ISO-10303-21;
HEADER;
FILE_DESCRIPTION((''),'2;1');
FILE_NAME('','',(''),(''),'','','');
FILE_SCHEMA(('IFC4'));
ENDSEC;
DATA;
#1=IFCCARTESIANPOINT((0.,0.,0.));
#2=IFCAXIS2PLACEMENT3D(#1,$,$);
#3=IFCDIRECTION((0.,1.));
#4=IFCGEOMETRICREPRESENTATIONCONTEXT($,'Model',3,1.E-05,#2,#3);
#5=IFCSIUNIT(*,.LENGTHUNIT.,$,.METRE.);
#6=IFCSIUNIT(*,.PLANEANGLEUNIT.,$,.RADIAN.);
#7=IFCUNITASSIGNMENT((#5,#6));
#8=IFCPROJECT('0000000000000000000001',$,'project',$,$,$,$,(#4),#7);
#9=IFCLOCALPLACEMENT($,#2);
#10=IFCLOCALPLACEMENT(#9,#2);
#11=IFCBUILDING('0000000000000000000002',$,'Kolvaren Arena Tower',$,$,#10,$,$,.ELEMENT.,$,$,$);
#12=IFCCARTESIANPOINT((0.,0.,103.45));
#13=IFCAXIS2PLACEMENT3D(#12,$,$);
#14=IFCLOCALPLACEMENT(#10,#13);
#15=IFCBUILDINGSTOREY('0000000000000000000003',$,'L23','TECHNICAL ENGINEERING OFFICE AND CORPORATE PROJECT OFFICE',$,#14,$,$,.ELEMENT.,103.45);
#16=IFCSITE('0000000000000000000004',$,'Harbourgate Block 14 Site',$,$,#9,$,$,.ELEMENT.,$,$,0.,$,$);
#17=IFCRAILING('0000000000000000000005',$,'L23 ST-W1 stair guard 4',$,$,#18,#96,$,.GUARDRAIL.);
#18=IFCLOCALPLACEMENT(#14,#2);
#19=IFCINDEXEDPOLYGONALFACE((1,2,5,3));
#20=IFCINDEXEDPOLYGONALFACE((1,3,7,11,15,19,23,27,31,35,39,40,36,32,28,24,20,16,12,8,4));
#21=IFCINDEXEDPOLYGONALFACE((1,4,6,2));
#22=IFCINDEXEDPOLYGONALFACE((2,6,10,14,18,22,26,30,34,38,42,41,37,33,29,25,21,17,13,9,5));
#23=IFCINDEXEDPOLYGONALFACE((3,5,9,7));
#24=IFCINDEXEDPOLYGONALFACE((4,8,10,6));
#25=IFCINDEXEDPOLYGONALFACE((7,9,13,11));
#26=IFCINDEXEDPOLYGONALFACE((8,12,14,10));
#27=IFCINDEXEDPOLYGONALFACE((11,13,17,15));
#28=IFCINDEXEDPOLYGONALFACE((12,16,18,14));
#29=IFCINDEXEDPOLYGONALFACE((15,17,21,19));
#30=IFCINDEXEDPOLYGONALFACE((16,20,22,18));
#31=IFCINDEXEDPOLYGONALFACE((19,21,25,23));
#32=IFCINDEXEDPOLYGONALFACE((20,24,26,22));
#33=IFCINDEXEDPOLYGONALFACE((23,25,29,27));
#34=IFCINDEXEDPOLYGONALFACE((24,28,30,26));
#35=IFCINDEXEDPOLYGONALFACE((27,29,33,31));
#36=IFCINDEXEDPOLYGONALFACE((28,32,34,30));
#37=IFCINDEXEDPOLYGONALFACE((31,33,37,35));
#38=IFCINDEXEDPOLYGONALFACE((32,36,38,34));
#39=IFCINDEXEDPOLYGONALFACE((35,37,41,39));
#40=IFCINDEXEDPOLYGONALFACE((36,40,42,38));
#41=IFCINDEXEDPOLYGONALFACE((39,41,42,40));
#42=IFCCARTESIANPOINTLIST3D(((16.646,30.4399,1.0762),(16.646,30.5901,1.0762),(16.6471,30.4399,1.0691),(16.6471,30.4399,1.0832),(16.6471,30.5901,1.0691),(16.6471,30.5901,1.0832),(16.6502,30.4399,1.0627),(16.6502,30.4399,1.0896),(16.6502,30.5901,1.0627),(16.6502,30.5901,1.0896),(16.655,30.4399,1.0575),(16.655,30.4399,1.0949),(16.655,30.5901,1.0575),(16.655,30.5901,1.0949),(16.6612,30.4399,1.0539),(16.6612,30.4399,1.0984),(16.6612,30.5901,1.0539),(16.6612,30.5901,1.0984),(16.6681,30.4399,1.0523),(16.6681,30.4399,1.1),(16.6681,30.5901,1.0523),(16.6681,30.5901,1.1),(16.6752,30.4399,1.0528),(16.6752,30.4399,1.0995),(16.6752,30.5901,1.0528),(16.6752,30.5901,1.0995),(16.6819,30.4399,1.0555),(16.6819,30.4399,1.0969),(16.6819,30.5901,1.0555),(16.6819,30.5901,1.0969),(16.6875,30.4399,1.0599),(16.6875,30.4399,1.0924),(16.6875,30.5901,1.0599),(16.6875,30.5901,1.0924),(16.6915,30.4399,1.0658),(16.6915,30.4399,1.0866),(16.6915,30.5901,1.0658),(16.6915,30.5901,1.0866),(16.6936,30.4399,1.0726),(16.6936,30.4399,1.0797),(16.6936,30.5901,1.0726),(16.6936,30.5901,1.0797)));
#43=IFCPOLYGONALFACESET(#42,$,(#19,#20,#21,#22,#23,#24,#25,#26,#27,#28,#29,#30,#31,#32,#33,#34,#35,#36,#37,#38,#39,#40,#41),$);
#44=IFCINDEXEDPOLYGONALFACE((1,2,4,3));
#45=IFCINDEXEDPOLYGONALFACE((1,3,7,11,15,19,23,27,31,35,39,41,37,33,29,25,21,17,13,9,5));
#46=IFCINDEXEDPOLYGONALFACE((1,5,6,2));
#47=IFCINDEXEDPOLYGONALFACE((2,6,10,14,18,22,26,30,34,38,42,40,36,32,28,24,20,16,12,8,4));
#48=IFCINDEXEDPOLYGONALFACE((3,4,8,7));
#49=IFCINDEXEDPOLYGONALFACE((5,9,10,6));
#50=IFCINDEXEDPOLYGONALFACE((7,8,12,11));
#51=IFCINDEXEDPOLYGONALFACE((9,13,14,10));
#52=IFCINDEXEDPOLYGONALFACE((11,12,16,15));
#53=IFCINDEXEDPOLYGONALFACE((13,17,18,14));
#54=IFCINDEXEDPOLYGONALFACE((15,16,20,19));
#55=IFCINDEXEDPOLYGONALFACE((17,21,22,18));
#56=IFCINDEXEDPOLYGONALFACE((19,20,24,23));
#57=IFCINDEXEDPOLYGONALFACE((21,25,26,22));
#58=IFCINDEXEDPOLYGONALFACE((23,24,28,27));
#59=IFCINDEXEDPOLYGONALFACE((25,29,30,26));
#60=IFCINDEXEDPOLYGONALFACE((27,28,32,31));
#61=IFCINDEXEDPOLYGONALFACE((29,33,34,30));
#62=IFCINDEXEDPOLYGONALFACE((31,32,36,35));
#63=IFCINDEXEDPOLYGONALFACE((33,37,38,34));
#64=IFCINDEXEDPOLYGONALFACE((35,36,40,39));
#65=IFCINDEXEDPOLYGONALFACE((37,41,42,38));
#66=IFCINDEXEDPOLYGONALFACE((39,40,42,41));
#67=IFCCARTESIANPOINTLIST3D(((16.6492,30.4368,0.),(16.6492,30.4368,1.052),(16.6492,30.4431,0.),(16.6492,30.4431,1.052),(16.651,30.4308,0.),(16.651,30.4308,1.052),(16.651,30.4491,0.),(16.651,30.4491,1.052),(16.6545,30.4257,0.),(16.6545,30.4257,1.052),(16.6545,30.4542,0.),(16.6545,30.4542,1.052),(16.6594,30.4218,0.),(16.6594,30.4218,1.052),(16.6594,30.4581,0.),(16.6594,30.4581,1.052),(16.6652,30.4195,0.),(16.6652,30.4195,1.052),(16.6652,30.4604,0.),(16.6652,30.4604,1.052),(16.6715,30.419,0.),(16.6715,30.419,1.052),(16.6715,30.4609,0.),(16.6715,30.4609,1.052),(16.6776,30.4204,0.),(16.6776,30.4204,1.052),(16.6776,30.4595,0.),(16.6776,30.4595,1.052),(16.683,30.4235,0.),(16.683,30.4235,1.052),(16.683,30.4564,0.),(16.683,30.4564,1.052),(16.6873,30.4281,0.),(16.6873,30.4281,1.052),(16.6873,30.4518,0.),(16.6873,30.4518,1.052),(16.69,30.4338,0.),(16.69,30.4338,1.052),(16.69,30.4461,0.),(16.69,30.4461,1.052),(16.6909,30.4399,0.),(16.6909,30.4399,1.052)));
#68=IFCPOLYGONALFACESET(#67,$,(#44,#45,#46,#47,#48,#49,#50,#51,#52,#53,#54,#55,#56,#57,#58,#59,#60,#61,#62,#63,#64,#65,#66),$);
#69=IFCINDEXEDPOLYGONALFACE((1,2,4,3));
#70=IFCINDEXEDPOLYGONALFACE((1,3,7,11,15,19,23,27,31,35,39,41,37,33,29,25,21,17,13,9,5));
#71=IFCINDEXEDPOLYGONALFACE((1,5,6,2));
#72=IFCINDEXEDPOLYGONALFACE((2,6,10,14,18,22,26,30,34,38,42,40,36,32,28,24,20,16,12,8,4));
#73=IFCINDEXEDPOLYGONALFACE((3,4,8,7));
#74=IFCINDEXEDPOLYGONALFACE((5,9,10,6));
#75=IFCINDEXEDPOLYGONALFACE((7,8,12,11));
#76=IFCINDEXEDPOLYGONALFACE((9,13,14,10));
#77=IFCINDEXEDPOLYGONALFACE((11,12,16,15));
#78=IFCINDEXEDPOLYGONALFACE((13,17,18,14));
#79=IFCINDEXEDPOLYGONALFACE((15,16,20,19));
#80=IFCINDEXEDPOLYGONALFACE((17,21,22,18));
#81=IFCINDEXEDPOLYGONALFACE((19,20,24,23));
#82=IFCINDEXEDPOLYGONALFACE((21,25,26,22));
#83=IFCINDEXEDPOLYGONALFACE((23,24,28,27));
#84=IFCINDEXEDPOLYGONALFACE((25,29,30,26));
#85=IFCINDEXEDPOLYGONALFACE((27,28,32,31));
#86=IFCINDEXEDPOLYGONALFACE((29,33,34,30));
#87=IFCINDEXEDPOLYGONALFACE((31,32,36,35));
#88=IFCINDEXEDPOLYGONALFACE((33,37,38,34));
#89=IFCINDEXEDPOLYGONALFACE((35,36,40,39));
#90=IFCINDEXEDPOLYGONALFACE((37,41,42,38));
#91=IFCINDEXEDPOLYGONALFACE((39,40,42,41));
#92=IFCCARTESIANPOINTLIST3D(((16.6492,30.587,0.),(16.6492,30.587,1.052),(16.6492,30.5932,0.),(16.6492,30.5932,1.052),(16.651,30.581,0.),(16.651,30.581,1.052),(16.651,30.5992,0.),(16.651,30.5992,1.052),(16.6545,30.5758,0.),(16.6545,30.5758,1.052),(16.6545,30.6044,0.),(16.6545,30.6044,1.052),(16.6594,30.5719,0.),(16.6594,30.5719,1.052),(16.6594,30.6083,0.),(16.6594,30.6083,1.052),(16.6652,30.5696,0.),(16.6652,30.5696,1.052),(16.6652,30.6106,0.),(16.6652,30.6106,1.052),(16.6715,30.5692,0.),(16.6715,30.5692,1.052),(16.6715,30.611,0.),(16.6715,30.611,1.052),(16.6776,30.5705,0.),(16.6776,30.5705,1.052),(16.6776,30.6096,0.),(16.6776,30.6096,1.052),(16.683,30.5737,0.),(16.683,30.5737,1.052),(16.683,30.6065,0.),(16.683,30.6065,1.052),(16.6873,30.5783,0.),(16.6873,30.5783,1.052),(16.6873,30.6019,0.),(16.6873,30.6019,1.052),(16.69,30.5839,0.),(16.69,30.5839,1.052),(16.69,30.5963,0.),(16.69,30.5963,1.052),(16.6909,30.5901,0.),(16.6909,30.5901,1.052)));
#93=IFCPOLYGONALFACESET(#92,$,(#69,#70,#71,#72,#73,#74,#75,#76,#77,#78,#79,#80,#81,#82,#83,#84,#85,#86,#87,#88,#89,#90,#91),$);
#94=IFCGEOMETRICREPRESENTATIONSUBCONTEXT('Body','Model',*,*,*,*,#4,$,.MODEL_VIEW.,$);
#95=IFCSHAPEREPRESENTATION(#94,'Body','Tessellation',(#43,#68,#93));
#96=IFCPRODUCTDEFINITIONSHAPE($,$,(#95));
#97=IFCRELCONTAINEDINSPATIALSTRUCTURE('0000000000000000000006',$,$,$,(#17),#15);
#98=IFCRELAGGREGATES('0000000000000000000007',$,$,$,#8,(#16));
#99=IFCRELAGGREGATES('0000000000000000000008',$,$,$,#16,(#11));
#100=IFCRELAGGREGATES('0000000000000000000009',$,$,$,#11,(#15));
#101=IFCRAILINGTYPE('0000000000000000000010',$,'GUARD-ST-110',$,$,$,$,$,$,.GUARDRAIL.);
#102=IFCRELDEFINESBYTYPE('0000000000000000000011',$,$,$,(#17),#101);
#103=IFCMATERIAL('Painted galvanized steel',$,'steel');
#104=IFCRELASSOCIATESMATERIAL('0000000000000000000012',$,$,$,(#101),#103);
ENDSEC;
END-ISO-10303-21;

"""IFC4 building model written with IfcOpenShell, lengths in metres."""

from ifc_helpers import new_model, si_unit, direction, frame, origin, origin_2d, place, context, subcontext, project, spatial, circle, extrude, material, type_object, element, save


model = new_model("IFC4")

# Units and contexts
model_context = context("Model", 3, precision=1e-05, world=origin(), true_north=direction((0.0, 1.0)))
body_context = subcontext(model_context, "Body", "Model", "MODEL_VIEW")
ifc_project = project(units=[si_unit("LENGTHUNIT", "METRE"), si_unit("PLANEANGLEUNIT", "RADIAN")], contexts=[model_context])

# Site, building, storey
site_placement = place(None, origin())
site = spatial("IfcSite", under=ifc_project, at=site_placement, Name="Harbourgate Block 14 Site", CompositionType="ELEMENT", RefElevation=0.0)
building_placement = place(site_placement, origin())
building = spatial("IfcBuilding", under=site, at=building_placement, Name="Kolvaren Arena Tower", CompositionType="ELEMENT")
storey_placement = place(building_placement, frame((0.0, 0.0, 103.45)))
storey = spatial("IfcBuildingStorey", under=building, at=storey_placement, Name="L23", Description="TECHNICAL ENGINEERING OFFICE AND CORPORATE PROJECT OFFICE", CompositionType="ELEMENT", Elevation=103.45)

# Railing
ifc_material_1 = material(Name="Painted galvanized steel", Category="steel")
railing_type_1 = type_object("IfcRailingType", Name="GUARD-ST-110", PredefinedType="GUARDRAIL", material=ifc_material_1)
railing_1_placement = place(storey_placement, frame((16.6699, 30.4399, 0.0)))
element("IfcRailing", 1, at=railing_1_placement, inside=storey, type_object=railing_type_1, Name="L23 ST-W1 stair guard 4", PredefinedType="GUARDRAIL", context=body_context, shape_type="SweptSolid", body=[
    extrude(circle(Radius=0.0239, at=origin_2d()), frame((0.0, 0.0, 1.0762), z_axis=(0.0, 1.0, 0.0), x_axis=(-1.0, 0.0, 0.0)), (0.0, 0.0, 1.0), 0.1501),
    extrude(circle(Radius=0.021, at=origin_2d()), origin(), (0.0, 0.0, 1.0), 1.052),
    extrude(circle(Radius=0.021, at=origin_2d()), frame((0.0, 0.1501, 0.0)), (0.0, 0.0, 1.0), 1.052),
])

save(model, "model.ifc")
